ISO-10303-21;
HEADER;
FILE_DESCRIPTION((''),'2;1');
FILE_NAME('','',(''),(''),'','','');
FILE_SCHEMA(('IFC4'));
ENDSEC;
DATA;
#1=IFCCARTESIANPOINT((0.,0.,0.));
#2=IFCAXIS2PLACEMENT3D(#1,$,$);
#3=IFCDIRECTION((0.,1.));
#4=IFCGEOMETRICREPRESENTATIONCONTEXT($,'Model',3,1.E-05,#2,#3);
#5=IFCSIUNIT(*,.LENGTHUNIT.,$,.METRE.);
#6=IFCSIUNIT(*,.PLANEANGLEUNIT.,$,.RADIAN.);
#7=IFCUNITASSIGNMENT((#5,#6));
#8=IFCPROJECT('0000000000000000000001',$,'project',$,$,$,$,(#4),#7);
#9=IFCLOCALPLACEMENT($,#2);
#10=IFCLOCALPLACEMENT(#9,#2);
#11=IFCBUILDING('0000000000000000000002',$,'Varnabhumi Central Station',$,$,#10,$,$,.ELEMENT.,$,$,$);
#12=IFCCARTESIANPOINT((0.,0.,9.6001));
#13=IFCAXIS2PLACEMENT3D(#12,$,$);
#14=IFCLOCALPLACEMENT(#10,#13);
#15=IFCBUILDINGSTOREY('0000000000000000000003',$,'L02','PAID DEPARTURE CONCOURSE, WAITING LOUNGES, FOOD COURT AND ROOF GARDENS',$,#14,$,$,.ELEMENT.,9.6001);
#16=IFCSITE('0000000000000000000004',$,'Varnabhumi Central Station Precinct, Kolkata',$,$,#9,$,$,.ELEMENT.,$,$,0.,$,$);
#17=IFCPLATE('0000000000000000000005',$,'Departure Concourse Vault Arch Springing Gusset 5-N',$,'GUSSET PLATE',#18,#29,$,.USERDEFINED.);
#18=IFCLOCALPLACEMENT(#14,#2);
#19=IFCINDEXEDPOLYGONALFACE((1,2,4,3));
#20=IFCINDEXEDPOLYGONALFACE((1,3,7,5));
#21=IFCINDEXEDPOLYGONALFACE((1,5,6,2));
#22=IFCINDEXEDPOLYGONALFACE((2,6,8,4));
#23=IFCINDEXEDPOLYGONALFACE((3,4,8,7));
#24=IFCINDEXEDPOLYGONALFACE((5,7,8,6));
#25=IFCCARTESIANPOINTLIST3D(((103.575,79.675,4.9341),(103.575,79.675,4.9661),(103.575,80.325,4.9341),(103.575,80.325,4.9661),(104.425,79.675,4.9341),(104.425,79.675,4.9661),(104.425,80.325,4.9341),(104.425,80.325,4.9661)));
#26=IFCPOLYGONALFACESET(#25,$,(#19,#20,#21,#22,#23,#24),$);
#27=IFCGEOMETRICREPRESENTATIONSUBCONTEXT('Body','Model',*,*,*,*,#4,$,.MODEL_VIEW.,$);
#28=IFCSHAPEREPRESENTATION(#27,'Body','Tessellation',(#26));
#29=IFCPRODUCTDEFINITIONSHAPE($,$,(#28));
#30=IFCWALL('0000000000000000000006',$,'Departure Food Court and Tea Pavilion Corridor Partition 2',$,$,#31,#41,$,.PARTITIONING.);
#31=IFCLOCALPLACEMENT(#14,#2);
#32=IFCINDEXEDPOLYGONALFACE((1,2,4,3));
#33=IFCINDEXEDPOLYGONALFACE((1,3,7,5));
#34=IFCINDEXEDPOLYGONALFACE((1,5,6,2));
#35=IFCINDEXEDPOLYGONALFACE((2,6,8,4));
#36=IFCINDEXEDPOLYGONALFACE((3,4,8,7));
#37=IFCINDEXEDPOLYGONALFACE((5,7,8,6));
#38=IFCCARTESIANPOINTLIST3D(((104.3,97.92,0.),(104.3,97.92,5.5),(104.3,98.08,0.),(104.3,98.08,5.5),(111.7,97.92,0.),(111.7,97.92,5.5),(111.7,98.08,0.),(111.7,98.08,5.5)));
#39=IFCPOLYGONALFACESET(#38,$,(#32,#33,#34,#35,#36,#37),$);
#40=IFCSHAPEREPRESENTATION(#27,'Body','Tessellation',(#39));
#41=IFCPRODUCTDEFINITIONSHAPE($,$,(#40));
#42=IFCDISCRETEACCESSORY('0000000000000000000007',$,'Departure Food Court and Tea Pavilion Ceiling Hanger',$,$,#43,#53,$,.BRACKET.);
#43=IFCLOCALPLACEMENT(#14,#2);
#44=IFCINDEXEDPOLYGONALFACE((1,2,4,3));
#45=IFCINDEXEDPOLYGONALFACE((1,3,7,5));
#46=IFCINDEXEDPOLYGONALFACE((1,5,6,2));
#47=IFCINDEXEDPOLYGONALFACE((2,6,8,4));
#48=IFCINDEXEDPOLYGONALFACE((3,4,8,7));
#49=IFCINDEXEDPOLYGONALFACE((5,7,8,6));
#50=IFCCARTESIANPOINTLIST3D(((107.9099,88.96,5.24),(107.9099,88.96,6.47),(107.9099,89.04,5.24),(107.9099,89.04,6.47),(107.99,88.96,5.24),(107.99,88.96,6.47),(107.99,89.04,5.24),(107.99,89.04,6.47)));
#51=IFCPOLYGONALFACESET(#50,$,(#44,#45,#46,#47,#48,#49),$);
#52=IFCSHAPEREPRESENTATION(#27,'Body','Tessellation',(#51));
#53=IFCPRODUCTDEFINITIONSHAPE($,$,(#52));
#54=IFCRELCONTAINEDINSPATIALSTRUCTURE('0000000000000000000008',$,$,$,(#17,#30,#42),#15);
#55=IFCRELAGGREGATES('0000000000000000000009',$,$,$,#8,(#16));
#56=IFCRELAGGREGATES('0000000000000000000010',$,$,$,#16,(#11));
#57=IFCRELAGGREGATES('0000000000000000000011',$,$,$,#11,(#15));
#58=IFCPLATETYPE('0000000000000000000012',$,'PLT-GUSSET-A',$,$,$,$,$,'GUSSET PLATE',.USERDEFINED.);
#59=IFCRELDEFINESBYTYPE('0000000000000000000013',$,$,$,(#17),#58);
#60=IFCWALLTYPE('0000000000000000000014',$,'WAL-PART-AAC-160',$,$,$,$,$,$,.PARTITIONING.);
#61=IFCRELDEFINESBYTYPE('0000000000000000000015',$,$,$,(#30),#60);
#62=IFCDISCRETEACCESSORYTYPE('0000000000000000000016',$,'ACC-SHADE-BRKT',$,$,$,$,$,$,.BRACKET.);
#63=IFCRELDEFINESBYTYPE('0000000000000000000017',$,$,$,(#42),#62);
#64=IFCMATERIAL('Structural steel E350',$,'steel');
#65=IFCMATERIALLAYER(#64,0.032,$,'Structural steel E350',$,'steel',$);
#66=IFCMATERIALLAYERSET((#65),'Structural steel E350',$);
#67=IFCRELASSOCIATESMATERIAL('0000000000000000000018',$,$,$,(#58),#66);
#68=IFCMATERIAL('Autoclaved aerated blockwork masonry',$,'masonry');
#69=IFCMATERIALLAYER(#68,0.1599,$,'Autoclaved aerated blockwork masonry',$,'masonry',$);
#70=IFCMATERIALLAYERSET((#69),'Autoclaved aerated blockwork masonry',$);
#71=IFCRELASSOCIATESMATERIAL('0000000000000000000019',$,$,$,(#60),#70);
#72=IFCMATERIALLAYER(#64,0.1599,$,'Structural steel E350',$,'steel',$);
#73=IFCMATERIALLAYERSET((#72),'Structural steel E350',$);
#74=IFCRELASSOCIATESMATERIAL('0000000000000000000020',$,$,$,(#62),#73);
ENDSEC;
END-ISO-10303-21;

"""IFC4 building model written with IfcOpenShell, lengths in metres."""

from ifc_helpers import new_model, si_unit, direction, frame, frame_2d, origin, origin_2d, place, context, subcontext, project, spatial, rectangle, extrude, material, layer, layer_set, type_object, element, save


model = new_model("IFC4")

# Units and contexts
model_context = context("Model", 3, precision=1e-05, world=origin(), true_north=direction((0.0, 1.0)))
body_context = subcontext(model_context, "Body", "Model", "MODEL_VIEW")
ifc_project = project(units=[si_unit("LENGTHUNIT", "METRE"), si_unit("PLANEANGLEUNIT", "RADIAN")], contexts=[model_context])

# Site, building, storey
site_placement = place(None, origin())
site = spatial("IfcSite", under=ifc_project, at=site_placement, Name="Varnabhumi Central Station Precinct, Kolkata", CompositionType="ELEMENT", RefElevation=0.0)
building_placement = place(site_placement, origin())
building = spatial("IfcBuilding", under=site, at=building_placement, Name="Varnabhumi Central Station", CompositionType="ELEMENT")
storey_placement = place(building_placement, frame((0.0, 0.0, 9.6001)))
storey = spatial("IfcBuildingStorey", under=building, at=storey_placement, Name="L02", Description="PAID DEPARTURE CONCOURSE, WAITING LOUNGES, FOOD COURT AND ROOF GARDENS", CompositionType="ELEMENT", Elevation=9.6001)

# Shared definitions
ifc_material_1 = material(Name="Structural steel E350", Category="steel")

# Plate
ifc_layer_1 = layer(ifc_material_1, 0.032, Name="Structural steel E350", Category="steel")
ifc_layer_set_1 = layer_set([ifc_layer_1], Name="Structural steel E350")
plate_type_1 = type_object("IfcPlateType", Name="PLT-GUSSET-A", ElementType="GUSSET PLATE", PredefinedType="USERDEFINED", material=ifc_layer_set_1)
plate_1_placement = place(storey_placement, frame((104.0, 80.0, 4.9341), z_axis=(0.0, 0.0, 1.0), x_axis=(1.0, 0.0, 0.0)))
element("IfcPlate", 1, at=plate_1_placement, inside=storey, type_object=plate_type_1, Name="Departure Concourse Vault Arch Springing Gusset 5-N", ObjectType="GUSSET PLATE", PredefinedType="USERDEFINED", context=body_context, shape_type="SweptSolid", body=[
    extrude(rectangle(XDim=0.8501, YDim=0.6499, at=origin_2d()), origin(), (0.0, 0.0, 1.0), 0.032),
])

# Wall
ifc_material_2 = material(Name="Autoclaved aerated blockwork masonry", Category="masonry")
ifc_layer_2 = layer(ifc_material_2, 0.1599, Name="Autoclaved aerated blockwork masonry", Category="masonry")
ifc_layer_set_2 = layer_set([ifc_layer_2], Name="Autoclaved aerated blockwork masonry")
wall_type = type_object("IfcWallType", Name="WAL-PART-AAC-160", PredefinedType="PARTITIONING", material=ifc_layer_set_2)
wall_placement = place(storey_placement, frame((104.3, 98.0, 0.0), z_axis=(0.0, 0.0, 1.0), x_axis=(1.0, 0.0, 0.0)))
element("IfcWall", 2, at=wall_placement, inside=storey, type_object=wall_type, Name="Departure Food Court and Tea Pavilion Corridor Partition 2", PredefinedType="PARTITIONING", context=body_context, shape_type="SweptSolid", body=[
    extrude(rectangle(XDim=7.3999, YDim=0.1599, at=frame_2d((3.7, 0.0))), origin(), (0.0, 0.0, 1.0), 5.5),
])

# Discrete accessory
ifc_layer_3 = layer(ifc_material_1, 0.1599, Name="Structural steel E350", Category="steel")
ifc_layer_set_3 = layer_set([ifc_layer_3], Name="Structural steel E350")
discrete_accessory_type = type_object("IfcDiscreteAccessoryType", Name="ACC-SHADE-BRKT", PredefinedType="BRACKET", material=ifc_layer_set_3)
discrete_accessory_placement = place(storey_placement, frame((107.95, 89.0, 5.24), z_axis=(0.0, 0.0, 1.0), x_axis=(1.0, 0.0, 0.0)))
element("IfcDiscreteAccessory", 3, at=discrete_accessory_placement, inside=storey, type_object=discrete_accessory_type, Name="Departure Food Court and Tea Pavilion Ceiling Hanger", PredefinedType="BRACKET", context=body_context, shape_type="SweptSolid", body=[
    extrude(rectangle(XDim=0.0801, YDim=0.0801, at=origin_2d()), origin(), (0.0, 0.0, 1.0), 1.23),
])

save(model, "model.ifc")
